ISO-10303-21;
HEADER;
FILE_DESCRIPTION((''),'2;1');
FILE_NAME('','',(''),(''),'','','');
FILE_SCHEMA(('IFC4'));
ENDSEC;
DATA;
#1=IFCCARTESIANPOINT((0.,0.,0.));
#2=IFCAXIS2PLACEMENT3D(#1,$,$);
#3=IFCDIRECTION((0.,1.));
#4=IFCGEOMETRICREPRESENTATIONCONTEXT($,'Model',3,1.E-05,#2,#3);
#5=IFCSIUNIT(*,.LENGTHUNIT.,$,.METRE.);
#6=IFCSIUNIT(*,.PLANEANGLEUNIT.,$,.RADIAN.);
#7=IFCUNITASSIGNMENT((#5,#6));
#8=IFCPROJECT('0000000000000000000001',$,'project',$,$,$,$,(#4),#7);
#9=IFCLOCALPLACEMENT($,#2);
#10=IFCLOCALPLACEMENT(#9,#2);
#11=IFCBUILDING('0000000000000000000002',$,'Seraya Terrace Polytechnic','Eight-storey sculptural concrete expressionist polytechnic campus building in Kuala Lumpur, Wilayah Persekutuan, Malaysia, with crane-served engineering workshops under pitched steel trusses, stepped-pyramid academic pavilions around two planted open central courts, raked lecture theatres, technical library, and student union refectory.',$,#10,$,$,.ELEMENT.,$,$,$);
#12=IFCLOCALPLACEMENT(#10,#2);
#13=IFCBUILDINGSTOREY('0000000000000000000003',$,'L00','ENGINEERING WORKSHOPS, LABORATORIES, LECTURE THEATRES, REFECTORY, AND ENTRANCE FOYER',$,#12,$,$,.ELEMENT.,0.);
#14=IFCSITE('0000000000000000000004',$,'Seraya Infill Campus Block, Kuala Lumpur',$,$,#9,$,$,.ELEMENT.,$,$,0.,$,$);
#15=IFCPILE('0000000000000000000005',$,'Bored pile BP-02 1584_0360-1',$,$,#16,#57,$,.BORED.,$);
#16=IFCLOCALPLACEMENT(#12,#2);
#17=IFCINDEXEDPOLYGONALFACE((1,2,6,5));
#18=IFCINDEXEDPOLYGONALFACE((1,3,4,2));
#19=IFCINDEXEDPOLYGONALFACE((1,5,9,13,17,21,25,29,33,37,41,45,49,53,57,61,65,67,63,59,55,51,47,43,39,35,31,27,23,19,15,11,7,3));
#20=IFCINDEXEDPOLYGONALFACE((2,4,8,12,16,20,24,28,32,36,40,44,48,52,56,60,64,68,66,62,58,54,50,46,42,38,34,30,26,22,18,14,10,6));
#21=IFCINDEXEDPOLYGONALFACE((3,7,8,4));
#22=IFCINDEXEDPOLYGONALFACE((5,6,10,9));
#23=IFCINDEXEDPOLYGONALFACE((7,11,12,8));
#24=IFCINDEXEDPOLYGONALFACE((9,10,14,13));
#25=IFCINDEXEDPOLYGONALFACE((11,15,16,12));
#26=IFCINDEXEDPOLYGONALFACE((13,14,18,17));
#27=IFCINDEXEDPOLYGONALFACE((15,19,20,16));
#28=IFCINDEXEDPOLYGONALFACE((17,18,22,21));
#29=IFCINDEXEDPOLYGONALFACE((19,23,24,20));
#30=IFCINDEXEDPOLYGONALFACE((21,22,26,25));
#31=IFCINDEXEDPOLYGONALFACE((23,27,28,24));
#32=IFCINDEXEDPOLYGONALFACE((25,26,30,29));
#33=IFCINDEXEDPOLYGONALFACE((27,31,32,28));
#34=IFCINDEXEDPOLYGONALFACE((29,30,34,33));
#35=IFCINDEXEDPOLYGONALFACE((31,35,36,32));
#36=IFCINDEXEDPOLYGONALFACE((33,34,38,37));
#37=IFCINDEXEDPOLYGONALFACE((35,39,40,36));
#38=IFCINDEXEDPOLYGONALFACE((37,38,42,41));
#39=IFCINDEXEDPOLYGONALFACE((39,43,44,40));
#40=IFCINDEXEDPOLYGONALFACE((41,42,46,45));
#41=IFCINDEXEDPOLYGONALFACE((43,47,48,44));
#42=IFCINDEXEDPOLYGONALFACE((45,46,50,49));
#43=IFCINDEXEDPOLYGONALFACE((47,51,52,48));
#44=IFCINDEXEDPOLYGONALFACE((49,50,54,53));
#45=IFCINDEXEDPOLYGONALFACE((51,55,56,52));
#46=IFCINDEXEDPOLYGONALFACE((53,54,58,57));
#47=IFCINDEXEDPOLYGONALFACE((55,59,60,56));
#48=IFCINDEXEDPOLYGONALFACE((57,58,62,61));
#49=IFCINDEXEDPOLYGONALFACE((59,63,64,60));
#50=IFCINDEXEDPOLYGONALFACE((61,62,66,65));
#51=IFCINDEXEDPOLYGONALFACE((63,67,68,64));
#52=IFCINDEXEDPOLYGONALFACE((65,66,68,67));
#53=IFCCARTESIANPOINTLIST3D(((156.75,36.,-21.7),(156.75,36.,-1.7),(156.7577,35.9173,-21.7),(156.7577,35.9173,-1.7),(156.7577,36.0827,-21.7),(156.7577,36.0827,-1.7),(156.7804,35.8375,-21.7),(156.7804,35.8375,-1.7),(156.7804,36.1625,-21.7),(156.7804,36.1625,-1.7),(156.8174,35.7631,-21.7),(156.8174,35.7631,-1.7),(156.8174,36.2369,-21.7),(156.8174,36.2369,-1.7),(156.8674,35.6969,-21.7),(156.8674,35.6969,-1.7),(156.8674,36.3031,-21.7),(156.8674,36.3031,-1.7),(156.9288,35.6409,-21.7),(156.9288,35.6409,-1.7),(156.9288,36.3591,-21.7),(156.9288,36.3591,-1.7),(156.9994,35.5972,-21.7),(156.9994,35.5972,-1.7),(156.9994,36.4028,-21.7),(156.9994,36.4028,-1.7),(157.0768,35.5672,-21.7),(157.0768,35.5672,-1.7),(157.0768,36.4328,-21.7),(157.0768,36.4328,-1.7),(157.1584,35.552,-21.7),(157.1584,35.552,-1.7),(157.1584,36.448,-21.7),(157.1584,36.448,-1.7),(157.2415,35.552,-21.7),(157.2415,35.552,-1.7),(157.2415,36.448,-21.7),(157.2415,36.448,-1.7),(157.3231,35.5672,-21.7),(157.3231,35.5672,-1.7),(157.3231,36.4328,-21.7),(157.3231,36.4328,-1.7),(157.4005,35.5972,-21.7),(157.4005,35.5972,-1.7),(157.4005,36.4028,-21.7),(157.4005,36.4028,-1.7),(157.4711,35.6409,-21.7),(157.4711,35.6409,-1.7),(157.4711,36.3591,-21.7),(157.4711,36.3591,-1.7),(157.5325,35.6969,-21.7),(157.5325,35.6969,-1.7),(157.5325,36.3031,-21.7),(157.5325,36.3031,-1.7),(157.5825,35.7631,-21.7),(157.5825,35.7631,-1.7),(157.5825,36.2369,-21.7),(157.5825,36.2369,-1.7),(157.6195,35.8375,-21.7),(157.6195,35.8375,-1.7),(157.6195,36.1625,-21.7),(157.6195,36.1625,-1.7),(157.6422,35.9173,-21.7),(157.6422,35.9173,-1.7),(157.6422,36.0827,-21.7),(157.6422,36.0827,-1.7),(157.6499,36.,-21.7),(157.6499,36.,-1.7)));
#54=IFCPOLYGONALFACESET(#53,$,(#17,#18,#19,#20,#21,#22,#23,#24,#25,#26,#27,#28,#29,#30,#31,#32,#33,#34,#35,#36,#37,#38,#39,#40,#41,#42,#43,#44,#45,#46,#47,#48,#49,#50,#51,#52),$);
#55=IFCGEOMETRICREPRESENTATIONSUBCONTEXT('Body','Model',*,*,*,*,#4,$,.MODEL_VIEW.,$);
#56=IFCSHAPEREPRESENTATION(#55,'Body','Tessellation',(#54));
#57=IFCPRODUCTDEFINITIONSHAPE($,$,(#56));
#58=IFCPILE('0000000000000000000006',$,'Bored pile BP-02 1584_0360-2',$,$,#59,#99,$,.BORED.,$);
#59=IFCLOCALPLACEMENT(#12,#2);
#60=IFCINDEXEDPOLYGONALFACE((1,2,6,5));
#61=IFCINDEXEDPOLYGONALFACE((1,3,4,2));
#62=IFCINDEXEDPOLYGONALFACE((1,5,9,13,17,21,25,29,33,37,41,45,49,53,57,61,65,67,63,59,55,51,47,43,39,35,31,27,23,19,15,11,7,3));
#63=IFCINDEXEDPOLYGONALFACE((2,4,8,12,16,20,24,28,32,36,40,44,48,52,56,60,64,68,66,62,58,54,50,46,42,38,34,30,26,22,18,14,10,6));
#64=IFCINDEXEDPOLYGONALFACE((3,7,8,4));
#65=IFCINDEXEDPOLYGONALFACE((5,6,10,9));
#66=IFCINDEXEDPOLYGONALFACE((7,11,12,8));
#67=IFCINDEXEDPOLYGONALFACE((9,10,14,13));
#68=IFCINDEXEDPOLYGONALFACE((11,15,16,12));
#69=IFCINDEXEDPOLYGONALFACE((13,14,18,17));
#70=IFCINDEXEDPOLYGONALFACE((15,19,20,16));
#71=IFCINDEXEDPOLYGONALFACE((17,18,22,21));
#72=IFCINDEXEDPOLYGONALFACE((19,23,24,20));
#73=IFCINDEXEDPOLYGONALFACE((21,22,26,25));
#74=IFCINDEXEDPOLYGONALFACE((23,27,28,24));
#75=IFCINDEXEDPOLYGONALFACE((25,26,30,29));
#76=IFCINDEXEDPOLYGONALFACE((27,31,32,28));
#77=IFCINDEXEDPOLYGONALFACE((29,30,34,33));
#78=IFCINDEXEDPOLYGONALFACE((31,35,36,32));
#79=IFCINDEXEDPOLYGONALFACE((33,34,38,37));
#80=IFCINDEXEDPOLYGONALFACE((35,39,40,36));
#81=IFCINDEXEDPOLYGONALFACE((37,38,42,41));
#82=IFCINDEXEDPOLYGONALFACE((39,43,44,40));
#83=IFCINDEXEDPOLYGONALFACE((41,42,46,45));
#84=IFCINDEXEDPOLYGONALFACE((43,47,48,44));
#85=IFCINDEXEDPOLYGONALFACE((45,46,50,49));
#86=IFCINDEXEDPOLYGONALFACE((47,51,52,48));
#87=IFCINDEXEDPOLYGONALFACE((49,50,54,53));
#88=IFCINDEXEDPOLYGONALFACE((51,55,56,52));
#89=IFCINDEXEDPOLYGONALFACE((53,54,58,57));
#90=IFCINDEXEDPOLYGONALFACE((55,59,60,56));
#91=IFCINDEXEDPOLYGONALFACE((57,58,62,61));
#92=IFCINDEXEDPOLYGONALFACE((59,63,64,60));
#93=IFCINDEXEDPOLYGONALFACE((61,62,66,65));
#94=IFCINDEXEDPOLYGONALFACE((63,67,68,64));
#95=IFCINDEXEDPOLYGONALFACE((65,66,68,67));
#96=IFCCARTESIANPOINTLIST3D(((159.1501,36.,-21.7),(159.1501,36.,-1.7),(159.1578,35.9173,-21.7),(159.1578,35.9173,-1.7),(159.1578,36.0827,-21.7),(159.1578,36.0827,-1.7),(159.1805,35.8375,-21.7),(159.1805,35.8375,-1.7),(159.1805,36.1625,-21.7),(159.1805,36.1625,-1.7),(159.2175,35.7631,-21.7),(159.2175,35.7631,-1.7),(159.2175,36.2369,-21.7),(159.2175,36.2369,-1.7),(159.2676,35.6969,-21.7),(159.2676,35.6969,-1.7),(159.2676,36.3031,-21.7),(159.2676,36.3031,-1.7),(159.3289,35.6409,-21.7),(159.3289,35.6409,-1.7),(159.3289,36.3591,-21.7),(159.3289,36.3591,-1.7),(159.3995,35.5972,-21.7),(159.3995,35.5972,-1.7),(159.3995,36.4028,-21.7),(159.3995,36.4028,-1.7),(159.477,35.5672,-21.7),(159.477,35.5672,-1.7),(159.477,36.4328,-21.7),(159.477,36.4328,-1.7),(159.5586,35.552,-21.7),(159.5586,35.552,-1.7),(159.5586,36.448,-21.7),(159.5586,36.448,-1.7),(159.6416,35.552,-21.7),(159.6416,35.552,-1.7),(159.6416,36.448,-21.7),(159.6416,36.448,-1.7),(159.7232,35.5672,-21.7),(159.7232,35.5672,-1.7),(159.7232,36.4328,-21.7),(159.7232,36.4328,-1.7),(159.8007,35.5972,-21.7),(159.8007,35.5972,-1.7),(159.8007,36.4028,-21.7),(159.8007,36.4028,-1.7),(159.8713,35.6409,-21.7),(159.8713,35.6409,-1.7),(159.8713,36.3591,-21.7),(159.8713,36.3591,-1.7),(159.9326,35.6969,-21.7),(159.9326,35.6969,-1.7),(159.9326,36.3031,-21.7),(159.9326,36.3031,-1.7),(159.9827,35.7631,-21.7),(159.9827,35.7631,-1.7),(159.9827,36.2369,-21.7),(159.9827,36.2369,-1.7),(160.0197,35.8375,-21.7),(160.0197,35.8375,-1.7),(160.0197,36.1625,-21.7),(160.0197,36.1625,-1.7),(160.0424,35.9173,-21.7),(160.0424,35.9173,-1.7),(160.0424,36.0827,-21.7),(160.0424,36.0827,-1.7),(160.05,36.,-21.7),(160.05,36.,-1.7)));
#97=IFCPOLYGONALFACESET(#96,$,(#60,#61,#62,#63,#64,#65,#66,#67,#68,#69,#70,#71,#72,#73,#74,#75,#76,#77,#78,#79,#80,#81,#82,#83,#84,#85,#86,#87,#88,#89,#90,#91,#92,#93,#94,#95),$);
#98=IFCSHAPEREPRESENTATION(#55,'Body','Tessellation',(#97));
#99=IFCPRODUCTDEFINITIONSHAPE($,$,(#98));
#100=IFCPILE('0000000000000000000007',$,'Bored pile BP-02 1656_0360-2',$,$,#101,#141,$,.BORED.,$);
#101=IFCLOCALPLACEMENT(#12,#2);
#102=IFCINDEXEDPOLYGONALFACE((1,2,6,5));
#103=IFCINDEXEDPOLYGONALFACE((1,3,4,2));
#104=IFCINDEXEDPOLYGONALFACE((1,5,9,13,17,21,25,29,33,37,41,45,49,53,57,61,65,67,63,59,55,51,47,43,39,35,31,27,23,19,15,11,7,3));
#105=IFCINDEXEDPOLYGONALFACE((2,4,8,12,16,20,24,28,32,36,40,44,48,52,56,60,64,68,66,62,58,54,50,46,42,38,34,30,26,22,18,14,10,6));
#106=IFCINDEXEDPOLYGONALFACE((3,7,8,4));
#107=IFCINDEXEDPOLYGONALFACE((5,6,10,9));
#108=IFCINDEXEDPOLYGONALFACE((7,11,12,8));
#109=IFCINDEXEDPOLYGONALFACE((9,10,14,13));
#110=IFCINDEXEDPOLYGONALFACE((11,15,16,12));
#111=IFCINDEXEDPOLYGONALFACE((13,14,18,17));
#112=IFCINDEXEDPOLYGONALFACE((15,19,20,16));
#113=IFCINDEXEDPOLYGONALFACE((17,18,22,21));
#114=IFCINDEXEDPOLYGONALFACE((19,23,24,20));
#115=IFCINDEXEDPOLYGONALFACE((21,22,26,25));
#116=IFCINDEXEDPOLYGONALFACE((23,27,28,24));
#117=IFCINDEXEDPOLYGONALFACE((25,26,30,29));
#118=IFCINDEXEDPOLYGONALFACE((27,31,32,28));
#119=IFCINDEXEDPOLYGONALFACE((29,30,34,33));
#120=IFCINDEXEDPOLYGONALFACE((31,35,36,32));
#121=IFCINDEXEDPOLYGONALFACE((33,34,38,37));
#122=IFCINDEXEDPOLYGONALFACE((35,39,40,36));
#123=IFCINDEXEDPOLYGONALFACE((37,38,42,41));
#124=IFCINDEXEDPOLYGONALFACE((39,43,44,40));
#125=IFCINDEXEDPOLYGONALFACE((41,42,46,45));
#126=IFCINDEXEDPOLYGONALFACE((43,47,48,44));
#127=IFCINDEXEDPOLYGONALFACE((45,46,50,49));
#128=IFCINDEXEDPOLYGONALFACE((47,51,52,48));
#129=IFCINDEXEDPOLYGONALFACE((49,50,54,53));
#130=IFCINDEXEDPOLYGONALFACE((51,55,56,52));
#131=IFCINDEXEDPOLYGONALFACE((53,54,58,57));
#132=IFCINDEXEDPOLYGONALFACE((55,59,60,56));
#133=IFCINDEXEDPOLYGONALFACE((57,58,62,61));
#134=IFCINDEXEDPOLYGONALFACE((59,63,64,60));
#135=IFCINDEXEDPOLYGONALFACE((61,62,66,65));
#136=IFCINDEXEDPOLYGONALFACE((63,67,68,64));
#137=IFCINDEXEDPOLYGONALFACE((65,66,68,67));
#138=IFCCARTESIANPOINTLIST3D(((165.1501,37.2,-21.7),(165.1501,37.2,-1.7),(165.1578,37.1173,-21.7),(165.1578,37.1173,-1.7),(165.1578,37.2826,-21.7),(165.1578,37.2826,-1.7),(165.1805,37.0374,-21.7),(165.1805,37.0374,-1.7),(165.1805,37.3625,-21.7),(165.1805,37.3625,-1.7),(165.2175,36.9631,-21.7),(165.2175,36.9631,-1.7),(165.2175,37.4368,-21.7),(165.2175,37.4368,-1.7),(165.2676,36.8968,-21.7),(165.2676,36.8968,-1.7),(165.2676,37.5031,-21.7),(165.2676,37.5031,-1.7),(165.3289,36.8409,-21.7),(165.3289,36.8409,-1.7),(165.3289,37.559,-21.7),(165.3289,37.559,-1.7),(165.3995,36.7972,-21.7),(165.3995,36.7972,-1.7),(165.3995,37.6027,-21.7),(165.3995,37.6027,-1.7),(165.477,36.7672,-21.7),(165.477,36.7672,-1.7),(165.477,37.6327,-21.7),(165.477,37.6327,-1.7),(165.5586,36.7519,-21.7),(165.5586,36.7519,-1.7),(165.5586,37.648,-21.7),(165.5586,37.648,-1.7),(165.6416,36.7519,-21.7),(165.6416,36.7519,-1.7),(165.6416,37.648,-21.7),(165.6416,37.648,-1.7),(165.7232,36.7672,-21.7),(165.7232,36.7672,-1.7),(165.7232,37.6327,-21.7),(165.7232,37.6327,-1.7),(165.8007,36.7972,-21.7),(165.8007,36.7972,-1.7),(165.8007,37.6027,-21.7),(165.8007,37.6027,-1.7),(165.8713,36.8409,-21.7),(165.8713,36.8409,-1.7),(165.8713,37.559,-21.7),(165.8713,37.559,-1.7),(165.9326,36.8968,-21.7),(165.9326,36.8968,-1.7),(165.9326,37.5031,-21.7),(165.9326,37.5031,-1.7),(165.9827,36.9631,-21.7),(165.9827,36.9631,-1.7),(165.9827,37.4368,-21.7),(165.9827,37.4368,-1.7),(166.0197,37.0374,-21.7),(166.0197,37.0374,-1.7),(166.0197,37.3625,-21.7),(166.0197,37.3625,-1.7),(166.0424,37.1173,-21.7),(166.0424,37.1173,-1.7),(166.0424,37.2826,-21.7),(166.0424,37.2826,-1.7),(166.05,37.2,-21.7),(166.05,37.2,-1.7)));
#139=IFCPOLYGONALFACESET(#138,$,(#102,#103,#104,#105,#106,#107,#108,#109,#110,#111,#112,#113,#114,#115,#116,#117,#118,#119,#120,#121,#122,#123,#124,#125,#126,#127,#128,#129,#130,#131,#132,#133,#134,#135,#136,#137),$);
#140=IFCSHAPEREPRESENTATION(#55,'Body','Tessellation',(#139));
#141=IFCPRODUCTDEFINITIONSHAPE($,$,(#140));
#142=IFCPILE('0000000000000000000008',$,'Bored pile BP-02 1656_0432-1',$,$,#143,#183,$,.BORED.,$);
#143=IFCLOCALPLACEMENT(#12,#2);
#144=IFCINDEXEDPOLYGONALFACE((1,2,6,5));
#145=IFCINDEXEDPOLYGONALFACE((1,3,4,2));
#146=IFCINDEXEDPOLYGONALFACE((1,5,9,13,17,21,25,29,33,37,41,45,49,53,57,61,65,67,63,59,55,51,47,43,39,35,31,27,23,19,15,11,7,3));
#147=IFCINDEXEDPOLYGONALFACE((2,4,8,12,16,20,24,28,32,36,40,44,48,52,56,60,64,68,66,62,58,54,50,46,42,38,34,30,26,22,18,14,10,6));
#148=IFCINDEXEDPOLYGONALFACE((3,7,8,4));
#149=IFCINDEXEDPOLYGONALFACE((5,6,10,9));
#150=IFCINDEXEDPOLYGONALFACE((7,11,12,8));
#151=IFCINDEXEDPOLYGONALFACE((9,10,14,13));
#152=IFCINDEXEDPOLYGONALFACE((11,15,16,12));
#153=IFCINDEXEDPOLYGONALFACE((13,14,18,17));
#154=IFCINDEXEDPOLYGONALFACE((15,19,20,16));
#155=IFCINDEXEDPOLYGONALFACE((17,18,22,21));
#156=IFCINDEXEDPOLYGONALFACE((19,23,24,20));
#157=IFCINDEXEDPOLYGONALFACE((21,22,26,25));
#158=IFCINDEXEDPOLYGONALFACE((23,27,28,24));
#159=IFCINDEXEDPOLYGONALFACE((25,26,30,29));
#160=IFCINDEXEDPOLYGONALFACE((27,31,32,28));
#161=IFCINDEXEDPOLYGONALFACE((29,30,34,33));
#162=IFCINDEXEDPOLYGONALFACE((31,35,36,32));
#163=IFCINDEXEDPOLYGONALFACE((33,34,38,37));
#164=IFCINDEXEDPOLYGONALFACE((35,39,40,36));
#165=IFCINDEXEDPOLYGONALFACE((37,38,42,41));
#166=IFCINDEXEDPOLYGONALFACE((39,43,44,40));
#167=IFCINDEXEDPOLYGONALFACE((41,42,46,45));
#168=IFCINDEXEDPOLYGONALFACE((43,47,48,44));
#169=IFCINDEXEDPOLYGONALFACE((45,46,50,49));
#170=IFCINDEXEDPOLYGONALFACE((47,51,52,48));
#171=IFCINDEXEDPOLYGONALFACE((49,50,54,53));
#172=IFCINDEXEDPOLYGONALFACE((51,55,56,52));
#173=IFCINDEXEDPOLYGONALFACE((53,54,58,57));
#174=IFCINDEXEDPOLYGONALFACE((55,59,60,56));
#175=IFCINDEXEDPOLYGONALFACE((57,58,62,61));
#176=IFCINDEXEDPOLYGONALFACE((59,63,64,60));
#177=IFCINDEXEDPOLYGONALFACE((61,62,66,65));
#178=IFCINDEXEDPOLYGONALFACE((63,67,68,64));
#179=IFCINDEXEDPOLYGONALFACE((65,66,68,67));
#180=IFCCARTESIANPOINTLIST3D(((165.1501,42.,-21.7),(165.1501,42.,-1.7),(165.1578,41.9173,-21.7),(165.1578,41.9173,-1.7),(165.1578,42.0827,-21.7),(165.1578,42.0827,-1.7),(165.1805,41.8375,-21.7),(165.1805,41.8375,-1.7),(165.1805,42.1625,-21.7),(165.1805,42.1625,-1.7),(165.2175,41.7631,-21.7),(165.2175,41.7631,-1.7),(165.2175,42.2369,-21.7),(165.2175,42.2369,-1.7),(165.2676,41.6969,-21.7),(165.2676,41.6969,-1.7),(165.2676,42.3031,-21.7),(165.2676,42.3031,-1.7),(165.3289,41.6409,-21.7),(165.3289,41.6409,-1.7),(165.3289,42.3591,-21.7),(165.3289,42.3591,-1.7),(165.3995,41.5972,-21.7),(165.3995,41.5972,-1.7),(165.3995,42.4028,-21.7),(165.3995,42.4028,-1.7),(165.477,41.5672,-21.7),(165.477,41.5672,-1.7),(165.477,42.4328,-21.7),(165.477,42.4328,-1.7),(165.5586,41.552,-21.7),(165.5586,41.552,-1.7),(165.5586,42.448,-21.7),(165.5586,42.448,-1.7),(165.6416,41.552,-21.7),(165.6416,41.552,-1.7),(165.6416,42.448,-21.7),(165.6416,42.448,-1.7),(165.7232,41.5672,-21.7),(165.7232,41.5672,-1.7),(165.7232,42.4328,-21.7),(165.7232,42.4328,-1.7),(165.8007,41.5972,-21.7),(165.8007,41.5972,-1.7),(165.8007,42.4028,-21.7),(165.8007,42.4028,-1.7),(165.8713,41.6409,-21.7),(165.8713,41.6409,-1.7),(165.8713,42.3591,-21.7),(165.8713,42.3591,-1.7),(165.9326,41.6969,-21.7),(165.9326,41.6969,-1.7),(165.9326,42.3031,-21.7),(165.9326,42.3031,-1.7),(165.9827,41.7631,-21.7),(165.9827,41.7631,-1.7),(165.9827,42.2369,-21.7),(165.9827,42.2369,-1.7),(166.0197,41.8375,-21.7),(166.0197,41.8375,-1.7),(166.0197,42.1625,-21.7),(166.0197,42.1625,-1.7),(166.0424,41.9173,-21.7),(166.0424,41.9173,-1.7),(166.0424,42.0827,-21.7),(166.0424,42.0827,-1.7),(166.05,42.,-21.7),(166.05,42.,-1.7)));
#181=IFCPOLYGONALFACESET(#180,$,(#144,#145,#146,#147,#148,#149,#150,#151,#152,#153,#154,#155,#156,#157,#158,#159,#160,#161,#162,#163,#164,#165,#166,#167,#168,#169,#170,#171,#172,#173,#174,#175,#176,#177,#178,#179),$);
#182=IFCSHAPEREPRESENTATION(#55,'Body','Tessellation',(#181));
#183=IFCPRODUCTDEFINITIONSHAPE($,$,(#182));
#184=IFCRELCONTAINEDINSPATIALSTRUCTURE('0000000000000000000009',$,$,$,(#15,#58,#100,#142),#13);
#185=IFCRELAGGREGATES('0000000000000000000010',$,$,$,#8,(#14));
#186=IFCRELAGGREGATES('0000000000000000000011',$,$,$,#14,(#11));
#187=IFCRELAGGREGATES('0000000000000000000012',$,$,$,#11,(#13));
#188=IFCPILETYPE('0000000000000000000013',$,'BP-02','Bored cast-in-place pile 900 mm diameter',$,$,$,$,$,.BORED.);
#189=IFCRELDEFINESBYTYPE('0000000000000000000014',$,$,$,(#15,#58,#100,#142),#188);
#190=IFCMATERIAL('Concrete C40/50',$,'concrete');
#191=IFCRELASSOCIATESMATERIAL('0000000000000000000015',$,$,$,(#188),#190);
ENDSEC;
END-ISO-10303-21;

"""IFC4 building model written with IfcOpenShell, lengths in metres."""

from ifc_helpers import new_model, si_unit, direction, frame, origin, origin_2d, place, context, subcontext, project, spatial, circle, extrude, material, material_profile, profile_set, type_object, element, save


model = new_model("IFC4")

# Units and contexts
model_context = context("Model", 3, precision=1e-05, world=origin(), true_north=direction((0.0, 1.0)))
body_context = subcontext(model_context, "Body", "Model", "MODEL_VIEW")
ifc_project = project(units=[si_unit("LENGTHUNIT", "METRE"), si_unit("PLANEANGLEUNIT", "RADIAN")], contexts=[model_context])

# Site, building, storey
site_placement = place(None, origin())
site = spatial("IfcSite", under=ifc_project, at=site_placement, Name="Seraya Infill Campus Block, Kuala Lumpur", CompositionType="ELEMENT", RefElevation=0.0)
building_placement = place(site_placement, origin())
building = spatial("IfcBuilding", under=site, at=building_placement, Name="Seraya Terrace Polytechnic", Description="Eight-storey sculptural concrete expressionist polytechnic campus building in Kuala Lumpur, Wilayah Persekutuan, Malaysia, with crane-served engineering workshops under pitched steel trusses, stepped-pyramid academic pavilions around two planted open central courts, raked lecture theatres, technical library, and student union refectory.", CompositionType="ELEMENT")
storey_placement = place(building_placement, origin())
storey = spatial("IfcBuildingStorey", under=building, at=storey_placement, Name="L00", Description="ENGINEERING WORKSHOPS, LABORATORIES, LECTURE THEATRES, REFECTORY, AND ENTRANCE FOYER", CompositionType="ELEMENT", Elevation=0.0)

# Piles
ifc_material_1 = material(Name="Concrete C40/50", Category="concrete")
ifc_material_profile_1 = material_profile(ifc_material_1, circle(Radius=0.45, at=origin_2d()), Name="DIA 900")
ifc_profile_set_1 = profile_set([ifc_material_profile_1], Name="Concrete C40/50")
pile_type_1 = type_object("IfcPileType", Name="BP-02", Description="Bored cast-in-place pile 900 mm diameter", PredefinedType="BORED", material=ifc_profile_set_1)
for number, where, z_axis, x_axis, name in (
    (1, (157.2, 36.0, -1.7), (0.0, 0.0, -1.0), (1.0, 0.0, 0.0), "Bored pile BP-02 1584_0360-1"),
    (2, (159.6001, 36.0, -1.7), (0.0, 0.0, -1.0), (1.0, 0.0, 0.0), "Bored pile BP-02 1584_0360-2"),
    (3, (165.6001, 37.2, -1.7), (0.0, 0.0, -1.0), (1.0, 0.0, 0.0), "Bored pile BP-02 1656_0360-2"),
    (4, (165.6001, 42.0, -1.7), (0.0, 0.0, -1.0), (1.0, 0.0, 0.0), "Bored pile BP-02 1656_0432-1"),
):
    element("IfcPile", number, at=place(storey_placement, frame(where, z_axis=z_axis, x_axis=x_axis)), inside=storey, type_object=pile_type_1, Name=name, PredefinedType="BORED", context=body_context, shape_type="SweptSolid", body=[
        extrude(circle(Radius=0.45, at=origin_2d()), origin(), (0.0, 0.0, 1.0), 20.0),
    ])

save(model, "model.ifc")
